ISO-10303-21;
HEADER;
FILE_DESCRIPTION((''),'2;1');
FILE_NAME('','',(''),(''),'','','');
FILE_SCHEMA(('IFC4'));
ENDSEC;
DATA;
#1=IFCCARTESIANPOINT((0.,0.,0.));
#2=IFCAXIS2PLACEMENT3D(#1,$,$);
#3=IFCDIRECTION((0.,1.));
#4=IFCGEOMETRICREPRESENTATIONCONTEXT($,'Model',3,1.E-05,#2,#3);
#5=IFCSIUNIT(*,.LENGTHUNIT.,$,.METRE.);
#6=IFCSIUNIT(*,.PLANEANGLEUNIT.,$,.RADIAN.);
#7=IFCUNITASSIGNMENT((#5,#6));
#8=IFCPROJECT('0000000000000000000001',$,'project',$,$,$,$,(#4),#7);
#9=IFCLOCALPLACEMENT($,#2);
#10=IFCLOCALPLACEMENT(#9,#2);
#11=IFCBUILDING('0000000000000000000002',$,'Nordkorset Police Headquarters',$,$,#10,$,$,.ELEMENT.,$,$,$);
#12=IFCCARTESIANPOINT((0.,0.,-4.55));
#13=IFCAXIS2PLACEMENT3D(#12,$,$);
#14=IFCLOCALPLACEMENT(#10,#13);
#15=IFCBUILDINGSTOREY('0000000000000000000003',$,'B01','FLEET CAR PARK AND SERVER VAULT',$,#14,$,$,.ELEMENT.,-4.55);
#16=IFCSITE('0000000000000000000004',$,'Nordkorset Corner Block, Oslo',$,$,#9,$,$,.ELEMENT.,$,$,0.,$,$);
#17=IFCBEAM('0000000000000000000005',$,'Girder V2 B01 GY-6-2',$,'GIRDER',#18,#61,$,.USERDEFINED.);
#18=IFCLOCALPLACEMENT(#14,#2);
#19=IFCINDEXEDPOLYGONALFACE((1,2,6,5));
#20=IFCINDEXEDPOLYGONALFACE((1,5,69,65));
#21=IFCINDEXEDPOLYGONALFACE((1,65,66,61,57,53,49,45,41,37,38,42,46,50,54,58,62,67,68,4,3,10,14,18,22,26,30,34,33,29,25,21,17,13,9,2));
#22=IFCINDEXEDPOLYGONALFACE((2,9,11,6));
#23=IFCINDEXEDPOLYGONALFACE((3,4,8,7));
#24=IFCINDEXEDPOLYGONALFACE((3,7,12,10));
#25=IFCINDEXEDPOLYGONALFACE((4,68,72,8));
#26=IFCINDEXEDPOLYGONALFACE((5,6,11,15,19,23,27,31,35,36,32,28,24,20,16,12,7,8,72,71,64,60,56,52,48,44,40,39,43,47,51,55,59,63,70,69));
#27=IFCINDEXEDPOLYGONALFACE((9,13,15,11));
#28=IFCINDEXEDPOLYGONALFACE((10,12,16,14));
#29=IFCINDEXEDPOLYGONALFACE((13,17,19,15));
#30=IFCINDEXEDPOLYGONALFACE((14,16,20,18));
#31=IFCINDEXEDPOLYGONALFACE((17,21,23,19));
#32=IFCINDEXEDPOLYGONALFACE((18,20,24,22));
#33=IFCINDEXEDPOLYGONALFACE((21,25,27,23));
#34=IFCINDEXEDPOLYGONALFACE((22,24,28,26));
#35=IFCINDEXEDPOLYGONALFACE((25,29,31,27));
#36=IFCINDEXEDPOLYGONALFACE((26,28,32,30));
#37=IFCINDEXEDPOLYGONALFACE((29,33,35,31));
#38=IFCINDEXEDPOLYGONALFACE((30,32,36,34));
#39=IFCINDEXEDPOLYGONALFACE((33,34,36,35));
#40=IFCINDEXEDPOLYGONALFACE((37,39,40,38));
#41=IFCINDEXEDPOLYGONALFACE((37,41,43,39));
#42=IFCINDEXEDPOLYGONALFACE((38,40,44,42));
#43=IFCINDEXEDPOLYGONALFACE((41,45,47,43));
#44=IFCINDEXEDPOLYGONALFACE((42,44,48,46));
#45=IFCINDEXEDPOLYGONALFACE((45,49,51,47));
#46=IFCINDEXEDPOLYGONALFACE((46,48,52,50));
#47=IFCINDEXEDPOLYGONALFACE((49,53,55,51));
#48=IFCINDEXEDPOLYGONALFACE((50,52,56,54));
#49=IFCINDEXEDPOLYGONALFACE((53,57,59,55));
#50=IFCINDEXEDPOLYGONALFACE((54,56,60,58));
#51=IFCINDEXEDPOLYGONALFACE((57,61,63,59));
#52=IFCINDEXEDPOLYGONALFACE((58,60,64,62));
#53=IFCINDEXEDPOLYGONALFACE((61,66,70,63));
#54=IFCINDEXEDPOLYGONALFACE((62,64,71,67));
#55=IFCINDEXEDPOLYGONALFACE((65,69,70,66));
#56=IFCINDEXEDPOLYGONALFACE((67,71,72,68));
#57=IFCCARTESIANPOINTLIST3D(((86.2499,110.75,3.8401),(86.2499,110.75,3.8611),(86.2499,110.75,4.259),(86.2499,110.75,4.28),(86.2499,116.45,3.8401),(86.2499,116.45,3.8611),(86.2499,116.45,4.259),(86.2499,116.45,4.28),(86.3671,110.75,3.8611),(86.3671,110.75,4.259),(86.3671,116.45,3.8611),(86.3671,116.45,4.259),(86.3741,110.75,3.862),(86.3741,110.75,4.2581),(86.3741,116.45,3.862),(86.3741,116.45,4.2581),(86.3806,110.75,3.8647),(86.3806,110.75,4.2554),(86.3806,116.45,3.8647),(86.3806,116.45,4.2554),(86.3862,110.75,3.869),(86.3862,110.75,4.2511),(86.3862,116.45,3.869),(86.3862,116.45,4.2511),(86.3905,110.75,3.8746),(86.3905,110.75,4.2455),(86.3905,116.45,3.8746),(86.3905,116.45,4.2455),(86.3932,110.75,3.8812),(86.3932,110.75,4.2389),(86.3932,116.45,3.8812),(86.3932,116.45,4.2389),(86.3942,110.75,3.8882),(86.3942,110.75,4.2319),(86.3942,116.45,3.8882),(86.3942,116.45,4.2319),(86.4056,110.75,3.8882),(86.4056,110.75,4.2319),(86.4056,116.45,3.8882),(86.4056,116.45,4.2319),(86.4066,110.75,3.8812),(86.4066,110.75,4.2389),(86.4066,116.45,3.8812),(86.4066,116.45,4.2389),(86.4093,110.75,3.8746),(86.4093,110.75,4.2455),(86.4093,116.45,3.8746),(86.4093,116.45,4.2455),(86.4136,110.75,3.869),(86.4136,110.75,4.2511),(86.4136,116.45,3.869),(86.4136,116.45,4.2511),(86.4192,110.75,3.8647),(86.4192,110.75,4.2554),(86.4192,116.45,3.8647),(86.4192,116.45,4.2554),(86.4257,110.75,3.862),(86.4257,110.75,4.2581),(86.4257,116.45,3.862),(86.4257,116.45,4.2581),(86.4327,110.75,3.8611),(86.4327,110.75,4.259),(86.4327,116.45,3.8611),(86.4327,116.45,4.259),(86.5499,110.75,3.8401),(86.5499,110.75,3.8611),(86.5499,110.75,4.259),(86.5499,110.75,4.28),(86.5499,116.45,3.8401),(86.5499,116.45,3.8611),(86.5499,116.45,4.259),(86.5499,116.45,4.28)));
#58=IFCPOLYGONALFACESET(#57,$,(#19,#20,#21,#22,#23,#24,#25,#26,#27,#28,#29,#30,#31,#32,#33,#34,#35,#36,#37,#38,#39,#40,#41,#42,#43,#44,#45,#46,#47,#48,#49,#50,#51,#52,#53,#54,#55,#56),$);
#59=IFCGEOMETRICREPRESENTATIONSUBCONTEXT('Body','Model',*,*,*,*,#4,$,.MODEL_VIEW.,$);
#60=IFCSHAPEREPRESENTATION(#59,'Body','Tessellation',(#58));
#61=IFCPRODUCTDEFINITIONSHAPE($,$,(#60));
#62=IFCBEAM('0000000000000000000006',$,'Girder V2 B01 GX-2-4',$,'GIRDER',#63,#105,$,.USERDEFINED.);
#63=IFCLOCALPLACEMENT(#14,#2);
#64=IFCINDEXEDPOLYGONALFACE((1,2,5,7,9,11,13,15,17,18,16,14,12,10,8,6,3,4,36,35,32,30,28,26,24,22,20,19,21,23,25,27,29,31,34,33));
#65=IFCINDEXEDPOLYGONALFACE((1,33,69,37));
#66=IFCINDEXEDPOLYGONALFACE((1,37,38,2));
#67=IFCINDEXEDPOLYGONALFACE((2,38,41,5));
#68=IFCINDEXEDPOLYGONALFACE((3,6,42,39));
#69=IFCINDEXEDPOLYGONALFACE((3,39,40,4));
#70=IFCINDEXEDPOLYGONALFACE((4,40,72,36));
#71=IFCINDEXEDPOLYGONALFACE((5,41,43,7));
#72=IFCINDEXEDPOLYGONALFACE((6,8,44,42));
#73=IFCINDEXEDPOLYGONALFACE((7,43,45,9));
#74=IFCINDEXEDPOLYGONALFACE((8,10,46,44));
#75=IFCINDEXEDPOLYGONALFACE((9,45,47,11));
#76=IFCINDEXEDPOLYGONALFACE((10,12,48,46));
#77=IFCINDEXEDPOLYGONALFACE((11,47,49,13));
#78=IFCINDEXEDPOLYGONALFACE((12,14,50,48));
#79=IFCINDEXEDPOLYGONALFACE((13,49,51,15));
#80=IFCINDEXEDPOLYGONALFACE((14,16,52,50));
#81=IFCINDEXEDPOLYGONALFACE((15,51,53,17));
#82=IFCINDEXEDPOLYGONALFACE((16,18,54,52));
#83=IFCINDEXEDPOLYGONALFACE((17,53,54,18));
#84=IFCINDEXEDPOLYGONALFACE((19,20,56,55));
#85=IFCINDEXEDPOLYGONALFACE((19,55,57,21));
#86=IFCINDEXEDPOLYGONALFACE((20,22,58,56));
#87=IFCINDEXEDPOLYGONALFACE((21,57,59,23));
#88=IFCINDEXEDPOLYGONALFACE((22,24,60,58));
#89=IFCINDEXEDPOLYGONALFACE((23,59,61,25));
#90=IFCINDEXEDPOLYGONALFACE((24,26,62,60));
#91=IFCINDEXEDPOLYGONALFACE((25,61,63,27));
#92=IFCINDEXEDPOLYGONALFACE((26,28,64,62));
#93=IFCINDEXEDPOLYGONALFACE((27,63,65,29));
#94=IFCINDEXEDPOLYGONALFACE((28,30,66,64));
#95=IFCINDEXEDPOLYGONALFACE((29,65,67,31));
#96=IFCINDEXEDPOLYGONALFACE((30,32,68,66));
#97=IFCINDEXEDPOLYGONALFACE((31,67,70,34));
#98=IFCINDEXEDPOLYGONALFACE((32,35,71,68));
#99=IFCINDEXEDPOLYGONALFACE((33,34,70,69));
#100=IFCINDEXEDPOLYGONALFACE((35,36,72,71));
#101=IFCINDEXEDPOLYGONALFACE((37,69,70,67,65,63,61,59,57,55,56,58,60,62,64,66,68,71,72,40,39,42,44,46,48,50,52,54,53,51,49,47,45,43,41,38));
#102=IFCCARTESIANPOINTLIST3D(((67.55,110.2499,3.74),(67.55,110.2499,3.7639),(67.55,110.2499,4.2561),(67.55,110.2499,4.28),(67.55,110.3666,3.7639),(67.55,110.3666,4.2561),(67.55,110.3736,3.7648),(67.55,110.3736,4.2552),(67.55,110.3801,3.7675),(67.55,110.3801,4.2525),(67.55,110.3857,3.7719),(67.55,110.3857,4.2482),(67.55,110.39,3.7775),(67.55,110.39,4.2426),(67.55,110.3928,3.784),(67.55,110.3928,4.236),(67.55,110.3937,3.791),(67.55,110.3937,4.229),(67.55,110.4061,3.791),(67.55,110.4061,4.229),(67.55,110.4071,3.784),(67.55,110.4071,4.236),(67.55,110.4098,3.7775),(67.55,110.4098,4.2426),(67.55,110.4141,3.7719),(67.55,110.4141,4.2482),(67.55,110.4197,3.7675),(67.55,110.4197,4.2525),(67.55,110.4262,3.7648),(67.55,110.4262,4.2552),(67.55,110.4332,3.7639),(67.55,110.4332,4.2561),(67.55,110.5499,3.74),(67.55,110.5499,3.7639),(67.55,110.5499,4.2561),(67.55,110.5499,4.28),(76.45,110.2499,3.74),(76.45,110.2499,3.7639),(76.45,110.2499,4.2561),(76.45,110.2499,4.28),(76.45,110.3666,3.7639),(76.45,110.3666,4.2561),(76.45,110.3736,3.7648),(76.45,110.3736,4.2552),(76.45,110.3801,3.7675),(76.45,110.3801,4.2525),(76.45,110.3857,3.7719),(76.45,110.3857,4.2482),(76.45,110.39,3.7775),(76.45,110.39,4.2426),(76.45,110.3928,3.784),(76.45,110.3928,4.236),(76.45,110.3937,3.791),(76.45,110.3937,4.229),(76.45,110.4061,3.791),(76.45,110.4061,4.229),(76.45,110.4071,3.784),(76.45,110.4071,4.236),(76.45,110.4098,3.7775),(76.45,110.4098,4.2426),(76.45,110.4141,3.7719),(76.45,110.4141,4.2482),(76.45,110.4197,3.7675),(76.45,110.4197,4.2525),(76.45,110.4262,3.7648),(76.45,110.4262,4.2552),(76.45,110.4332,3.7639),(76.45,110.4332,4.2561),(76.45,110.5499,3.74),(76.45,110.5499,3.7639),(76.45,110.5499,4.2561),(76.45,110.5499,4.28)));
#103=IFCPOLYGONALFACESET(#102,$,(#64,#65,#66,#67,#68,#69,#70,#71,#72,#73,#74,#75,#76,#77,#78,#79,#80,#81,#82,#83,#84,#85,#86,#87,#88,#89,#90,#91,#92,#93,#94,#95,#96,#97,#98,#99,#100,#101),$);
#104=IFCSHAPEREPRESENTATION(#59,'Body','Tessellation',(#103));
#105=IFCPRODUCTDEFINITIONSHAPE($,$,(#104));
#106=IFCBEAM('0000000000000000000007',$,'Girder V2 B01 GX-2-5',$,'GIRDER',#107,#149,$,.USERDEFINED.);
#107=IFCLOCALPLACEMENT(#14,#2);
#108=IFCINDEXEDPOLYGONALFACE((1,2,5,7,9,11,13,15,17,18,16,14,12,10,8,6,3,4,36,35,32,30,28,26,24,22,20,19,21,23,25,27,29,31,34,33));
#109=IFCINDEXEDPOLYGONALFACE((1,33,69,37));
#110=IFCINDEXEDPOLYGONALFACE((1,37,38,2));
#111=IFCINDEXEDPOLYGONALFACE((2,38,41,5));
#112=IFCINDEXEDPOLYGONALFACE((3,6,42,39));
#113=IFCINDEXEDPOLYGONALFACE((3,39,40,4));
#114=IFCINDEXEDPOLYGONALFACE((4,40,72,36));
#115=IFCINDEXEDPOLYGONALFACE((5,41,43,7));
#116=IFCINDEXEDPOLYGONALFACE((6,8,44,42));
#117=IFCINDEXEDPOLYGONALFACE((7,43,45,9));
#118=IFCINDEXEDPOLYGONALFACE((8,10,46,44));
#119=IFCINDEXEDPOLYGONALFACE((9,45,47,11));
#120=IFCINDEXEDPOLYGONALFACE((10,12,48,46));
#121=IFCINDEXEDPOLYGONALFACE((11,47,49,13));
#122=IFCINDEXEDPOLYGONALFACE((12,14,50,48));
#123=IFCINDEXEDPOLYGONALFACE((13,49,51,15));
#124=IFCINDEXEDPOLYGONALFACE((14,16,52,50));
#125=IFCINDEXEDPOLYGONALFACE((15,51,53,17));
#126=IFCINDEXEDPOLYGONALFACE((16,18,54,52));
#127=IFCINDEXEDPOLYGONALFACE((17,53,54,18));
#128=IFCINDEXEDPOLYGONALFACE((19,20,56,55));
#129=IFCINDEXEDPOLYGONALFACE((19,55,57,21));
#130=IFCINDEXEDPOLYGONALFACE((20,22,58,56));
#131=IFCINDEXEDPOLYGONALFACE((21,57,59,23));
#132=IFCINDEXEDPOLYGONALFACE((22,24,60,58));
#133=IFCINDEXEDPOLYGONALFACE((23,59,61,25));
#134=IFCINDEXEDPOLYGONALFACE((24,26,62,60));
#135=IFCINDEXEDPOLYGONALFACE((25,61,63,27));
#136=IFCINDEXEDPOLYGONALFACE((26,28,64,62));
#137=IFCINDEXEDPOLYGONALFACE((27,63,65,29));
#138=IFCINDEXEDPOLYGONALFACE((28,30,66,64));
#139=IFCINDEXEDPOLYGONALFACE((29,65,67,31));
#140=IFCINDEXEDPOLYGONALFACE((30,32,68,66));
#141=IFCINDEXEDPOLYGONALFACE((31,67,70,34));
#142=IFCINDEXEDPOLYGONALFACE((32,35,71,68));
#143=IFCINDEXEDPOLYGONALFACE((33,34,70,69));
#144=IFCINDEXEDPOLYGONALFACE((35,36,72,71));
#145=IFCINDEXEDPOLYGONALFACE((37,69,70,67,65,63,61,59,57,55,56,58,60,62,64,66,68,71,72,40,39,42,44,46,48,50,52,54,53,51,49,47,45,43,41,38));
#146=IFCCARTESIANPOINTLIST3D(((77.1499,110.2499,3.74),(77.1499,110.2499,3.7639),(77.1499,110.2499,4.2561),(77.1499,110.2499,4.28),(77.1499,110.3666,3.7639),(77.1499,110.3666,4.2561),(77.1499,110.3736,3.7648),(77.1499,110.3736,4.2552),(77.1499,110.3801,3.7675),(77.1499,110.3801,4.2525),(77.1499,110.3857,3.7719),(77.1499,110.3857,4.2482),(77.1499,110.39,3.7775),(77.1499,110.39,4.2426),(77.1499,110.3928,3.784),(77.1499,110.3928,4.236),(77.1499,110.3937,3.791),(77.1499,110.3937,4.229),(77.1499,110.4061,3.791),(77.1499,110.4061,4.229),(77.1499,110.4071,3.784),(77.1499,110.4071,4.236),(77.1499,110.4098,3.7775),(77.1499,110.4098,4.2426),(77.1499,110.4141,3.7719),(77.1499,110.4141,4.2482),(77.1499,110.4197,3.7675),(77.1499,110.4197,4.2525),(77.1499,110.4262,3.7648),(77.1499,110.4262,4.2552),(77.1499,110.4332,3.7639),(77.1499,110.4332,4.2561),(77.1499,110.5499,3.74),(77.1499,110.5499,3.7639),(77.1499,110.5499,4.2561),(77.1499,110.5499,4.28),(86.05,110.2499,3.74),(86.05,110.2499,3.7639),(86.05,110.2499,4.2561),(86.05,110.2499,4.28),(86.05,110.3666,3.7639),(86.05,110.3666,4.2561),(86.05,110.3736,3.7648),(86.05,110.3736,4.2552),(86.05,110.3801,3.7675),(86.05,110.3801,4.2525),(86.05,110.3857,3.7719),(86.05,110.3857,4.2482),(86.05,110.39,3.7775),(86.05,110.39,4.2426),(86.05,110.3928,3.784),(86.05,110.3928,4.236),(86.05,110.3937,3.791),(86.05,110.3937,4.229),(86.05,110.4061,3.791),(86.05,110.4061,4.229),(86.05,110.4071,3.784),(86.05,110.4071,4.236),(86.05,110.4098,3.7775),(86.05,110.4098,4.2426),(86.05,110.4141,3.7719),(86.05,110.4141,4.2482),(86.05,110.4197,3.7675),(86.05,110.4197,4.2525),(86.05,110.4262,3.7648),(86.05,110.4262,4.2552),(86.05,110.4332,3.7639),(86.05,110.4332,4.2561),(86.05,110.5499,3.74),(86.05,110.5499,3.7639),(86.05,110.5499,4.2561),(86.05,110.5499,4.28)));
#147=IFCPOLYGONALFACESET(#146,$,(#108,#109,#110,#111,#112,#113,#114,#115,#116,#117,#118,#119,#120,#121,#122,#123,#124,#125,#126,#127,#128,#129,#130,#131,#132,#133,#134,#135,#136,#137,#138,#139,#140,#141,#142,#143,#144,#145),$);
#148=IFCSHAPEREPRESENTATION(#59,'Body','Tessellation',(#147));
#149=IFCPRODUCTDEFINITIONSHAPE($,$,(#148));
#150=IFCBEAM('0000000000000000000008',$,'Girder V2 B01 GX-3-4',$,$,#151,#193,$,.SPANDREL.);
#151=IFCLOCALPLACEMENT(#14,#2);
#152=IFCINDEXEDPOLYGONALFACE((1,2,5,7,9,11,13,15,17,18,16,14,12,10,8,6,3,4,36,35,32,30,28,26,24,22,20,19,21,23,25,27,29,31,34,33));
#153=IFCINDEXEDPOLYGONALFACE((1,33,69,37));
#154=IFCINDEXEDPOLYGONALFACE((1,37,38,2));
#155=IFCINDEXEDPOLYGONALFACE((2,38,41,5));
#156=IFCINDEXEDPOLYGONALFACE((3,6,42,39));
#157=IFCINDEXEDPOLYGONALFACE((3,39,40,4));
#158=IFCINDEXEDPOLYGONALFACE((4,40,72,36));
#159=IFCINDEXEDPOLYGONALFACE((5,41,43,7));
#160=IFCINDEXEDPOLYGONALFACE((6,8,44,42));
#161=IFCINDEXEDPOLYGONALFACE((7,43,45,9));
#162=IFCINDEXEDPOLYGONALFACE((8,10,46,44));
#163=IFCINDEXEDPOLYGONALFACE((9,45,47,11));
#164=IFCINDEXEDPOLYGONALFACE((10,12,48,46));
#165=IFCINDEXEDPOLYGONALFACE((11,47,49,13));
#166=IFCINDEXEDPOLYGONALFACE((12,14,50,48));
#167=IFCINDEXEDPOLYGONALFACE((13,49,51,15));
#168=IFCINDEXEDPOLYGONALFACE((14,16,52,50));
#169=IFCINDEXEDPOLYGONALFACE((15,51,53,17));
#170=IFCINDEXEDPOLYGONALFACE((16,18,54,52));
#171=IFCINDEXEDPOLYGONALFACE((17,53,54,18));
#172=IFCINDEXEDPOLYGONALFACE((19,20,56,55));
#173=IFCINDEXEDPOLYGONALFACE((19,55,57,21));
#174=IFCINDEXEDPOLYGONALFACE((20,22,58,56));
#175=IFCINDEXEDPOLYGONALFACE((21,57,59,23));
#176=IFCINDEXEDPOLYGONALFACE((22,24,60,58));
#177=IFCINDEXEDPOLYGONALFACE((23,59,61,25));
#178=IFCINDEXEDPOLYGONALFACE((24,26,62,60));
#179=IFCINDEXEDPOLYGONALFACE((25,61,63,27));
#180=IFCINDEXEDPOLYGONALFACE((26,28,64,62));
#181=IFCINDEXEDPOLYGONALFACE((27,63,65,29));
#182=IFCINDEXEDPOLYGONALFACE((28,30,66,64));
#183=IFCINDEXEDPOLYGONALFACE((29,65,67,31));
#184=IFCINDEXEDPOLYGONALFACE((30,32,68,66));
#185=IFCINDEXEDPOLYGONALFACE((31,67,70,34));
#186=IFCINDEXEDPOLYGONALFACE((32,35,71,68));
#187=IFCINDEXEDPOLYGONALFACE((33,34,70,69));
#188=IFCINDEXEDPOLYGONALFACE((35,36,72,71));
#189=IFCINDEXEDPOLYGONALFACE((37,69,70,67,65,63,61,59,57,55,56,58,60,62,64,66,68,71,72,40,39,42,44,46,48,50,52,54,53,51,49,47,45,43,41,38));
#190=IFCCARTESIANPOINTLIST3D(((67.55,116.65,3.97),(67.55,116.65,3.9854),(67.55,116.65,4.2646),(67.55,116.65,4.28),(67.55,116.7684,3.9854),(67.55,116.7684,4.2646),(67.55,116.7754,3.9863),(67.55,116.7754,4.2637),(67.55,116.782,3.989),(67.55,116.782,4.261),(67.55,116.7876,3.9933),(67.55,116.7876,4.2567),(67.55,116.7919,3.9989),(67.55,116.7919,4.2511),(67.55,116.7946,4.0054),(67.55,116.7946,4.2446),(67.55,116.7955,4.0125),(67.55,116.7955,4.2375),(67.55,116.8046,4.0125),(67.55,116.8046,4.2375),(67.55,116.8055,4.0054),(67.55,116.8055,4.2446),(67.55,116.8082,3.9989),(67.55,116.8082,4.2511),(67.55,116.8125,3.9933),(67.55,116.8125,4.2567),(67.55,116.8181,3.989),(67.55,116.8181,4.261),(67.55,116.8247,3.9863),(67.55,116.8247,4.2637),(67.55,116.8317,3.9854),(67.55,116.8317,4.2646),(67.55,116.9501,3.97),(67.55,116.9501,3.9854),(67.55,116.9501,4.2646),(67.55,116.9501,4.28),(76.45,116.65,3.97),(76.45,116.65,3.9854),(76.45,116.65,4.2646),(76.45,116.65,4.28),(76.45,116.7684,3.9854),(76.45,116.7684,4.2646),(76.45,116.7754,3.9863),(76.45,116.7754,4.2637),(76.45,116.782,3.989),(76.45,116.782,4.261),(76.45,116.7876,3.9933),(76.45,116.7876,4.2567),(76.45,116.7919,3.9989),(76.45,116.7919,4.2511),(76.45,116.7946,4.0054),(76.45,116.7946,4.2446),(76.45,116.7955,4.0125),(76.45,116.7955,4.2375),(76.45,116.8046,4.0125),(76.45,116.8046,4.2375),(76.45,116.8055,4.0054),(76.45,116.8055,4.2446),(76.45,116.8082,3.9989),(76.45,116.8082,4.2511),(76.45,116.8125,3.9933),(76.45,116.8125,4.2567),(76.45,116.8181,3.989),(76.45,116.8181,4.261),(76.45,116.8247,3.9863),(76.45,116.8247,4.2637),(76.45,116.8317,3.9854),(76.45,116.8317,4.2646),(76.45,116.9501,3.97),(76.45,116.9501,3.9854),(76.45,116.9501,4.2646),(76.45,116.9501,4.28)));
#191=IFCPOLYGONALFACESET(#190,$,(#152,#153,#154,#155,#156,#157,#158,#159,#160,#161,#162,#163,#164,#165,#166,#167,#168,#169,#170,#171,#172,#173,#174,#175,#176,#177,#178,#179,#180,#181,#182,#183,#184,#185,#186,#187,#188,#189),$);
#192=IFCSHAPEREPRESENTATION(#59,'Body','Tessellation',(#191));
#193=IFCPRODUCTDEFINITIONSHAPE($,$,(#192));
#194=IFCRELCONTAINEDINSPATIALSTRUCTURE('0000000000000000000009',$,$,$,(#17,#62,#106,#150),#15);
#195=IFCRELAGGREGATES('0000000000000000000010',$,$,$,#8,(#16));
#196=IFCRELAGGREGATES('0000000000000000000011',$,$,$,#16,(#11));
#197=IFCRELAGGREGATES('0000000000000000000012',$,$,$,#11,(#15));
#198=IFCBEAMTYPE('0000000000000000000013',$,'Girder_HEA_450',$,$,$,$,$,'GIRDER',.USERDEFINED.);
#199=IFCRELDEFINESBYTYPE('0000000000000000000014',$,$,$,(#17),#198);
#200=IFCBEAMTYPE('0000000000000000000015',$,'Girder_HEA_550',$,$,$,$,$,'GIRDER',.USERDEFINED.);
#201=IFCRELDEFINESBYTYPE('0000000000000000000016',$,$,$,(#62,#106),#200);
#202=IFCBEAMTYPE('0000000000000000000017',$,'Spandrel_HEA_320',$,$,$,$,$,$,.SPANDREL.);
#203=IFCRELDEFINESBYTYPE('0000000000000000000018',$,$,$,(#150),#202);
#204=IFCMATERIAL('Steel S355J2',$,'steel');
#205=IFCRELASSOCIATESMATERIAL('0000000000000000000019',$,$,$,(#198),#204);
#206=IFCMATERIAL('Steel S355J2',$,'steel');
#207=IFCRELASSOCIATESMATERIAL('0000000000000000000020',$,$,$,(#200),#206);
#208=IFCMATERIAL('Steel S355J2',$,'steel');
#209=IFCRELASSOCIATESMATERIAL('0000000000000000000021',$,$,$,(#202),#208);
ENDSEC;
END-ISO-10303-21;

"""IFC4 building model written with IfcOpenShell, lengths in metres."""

from ifc_helpers import new_model, si_unit, direction, frame, origin, origin_2d, place, context, subcontext, project, spatial, i_section, extrude, material, material_profile, profile_set, type_object, element, save


model = new_model("IFC4")

# Units and contexts
model_context = context("Model", 3, precision=1e-05, world=origin(), true_north=direction((0.0, 1.0)))
body_context = subcontext(model_context, "Body", "Model", "MODEL_VIEW")
ifc_project = project(units=[si_unit("LENGTHUNIT", "METRE"), si_unit("PLANEANGLEUNIT", "RADIAN")], contexts=[model_context])

# Site, building, storey
site_placement = place(None, origin())
site = spatial("IfcSite", under=ifc_project, at=site_placement, Name="Nordkorset Corner Block, Oslo", CompositionType="ELEMENT", RefElevation=0.0)
building_placement = place(site_placement, origin())
building = spatial("IfcBuilding", under=site, at=building_placement, Name="Nordkorset Police Headquarters", CompositionType="ELEMENT")
storey_placement = place(building_placement, frame((0.0, 0.0, -4.55)))
storey = spatial("IfcBuildingStorey", under=building, at=storey_placement, Name="B01", Description="FLEET CAR PARK AND SERVER VAULT", CompositionType="ELEMENT", Elevation=-4.55)

# Beams
ifc_material_1 = material(Name="Steel S355J2", Category="steel")
ifc_material_profile_1 = material_profile(ifc_material_1, i_section(OverallWidth=0.3, OverallDepth=0.4399, WebThickness=0.0115, FlangeThickness=0.021, FilletRadius=0.0271, at=origin_2d()), Name="HEA 450")
ifc_profile_set_1 = profile_set([ifc_material_profile_1], Name="Steel S355J2")
beam_type_1 = type_object("IfcBeamType", Name="Girder_HEA_450", ElementType="GIRDER", PredefinedType="USERDEFINED", material=ifc_profile_set_1)
for number, where, z_axis, x_axis, name in (
    (1, (86.3999, 110.75, 4.0601), (0.0, 1.0, 0.0), (-1.0, 0.0, 0.0), "Girder V2 B01 GY-6-2"),
):
    element("IfcBeam", number, at=place(storey_placement, frame(where, z_axis=z_axis, x_axis=x_axis)), inside=storey, type_object=beam_type_1, Name=name, ObjectType="GIRDER", PredefinedType="USERDEFINED", context=body_context, shape_type="SweptSolid", body=[
        extrude(i_section(OverallWidth=0.3, OverallDepth=0.4399, WebThickness=0.0115, FlangeThickness=0.021, FilletRadius=0.0271, at=origin_2d()), origin(), (0.0, 0.0, 1.0), 5.7),
    ])
ifc_material_2 = material(Name="Steel S355J2", Category="steel")
ifc_material_profile_2 = material_profile(ifc_material_2, i_section(OverallWidth=0.3, OverallDepth=0.54, WebThickness=0.0125, FlangeThickness=0.0239, FilletRadius=0.0271, at=origin_2d()), Name="HEA 550")
ifc_profile_set_2 = profile_set([ifc_material_profile_2], Name="Steel S355J2")
beam_type_2 = type_object("IfcBeamType", Name="Girder_HEA_550", ElementType="GIRDER", PredefinedType="USERDEFINED", material=ifc_profile_set_2)
beam_1_placement = place(storey_placement, frame((67.55, 110.3999, 4.01), z_axis=(1.0, 0.0, 0.0), x_axis=(0.0, 1.0, 0.0)))
element("IfcBeam", 2, at=beam_1_placement, inside=storey, type_object=beam_type_2, Name="Girder V2 B01 GX-2-4", ObjectType="GIRDER", PredefinedType="USERDEFINED", context=body_context, shape_type="SweptSolid", body=[
    extrude(i_section(OverallWidth=0.3, OverallDepth=0.54, WebThickness=0.0125, FlangeThickness=0.0239, FilletRadius=0.0271, at=origin_2d()), origin(), (0.0, 0.0, 1.0), 8.8999),
])
beam_2_placement = place(storey_placement, frame((77.1499, 110.3999, 4.01), z_axis=(1.0, 0.0, 0.0), x_axis=(0.0, 1.0, 0.0)))
element("IfcBeam", 3, at=beam_2_placement, inside=storey, type_object=beam_type_2, Name="Girder V2 B01 GX-2-5", ObjectType="GIRDER", PredefinedType="USERDEFINED", context=body_context, shape_type="SweptSolid", body=[
    extrude(i_section(OverallWidth=0.3, OverallDepth=0.54, WebThickness=0.0125, FlangeThickness=0.0239, FilletRadius=0.0271, at=origin_2d()), origin(), (0.0, 0.0, 1.0), 8.9001),
])
ifc_material_3 = material(Name="Steel S355J2", Category="steel")
ifc_material_profile_3 = material_profile(ifc_material_3, i_section(OverallWidth=0.3, OverallDepth=0.3101, WebThickness=0.009, FlangeThickness=0.0154, FilletRadius=0.0271, at=origin_2d()), Name="HEA 320")
ifc_profile_set_3 = profile_set([ifc_material_profile_3], Name="Steel S355J2")
beam_type_3 = type_object("IfcBeamType", Name="Spandrel_HEA_320", PredefinedType="SPANDREL", material=ifc_profile_set_3)
beam_3_placement = place(storey_placement, frame((67.55, 116.8, 4.125), z_axis=(1.0, 0.0, 0.0), x_axis=(0.0, 1.0, 0.0)))
element("IfcBeam", 4, at=beam_3_placement, inside=storey, type_object=beam_type_3, Name="Girder V2 B01 GX-3-4", PredefinedType="SPANDREL", context=body_context, shape_type="SweptSolid", body=[
    extrude(i_section(OverallWidth=0.3, OverallDepth=0.3101, WebThickness=0.009, FlangeThickness=0.0154, FilletRadius=0.0271, at=origin_2d()), origin(), (0.0, 0.0, 1.0), 8.8999),
])

save(model, "model.ifc")
